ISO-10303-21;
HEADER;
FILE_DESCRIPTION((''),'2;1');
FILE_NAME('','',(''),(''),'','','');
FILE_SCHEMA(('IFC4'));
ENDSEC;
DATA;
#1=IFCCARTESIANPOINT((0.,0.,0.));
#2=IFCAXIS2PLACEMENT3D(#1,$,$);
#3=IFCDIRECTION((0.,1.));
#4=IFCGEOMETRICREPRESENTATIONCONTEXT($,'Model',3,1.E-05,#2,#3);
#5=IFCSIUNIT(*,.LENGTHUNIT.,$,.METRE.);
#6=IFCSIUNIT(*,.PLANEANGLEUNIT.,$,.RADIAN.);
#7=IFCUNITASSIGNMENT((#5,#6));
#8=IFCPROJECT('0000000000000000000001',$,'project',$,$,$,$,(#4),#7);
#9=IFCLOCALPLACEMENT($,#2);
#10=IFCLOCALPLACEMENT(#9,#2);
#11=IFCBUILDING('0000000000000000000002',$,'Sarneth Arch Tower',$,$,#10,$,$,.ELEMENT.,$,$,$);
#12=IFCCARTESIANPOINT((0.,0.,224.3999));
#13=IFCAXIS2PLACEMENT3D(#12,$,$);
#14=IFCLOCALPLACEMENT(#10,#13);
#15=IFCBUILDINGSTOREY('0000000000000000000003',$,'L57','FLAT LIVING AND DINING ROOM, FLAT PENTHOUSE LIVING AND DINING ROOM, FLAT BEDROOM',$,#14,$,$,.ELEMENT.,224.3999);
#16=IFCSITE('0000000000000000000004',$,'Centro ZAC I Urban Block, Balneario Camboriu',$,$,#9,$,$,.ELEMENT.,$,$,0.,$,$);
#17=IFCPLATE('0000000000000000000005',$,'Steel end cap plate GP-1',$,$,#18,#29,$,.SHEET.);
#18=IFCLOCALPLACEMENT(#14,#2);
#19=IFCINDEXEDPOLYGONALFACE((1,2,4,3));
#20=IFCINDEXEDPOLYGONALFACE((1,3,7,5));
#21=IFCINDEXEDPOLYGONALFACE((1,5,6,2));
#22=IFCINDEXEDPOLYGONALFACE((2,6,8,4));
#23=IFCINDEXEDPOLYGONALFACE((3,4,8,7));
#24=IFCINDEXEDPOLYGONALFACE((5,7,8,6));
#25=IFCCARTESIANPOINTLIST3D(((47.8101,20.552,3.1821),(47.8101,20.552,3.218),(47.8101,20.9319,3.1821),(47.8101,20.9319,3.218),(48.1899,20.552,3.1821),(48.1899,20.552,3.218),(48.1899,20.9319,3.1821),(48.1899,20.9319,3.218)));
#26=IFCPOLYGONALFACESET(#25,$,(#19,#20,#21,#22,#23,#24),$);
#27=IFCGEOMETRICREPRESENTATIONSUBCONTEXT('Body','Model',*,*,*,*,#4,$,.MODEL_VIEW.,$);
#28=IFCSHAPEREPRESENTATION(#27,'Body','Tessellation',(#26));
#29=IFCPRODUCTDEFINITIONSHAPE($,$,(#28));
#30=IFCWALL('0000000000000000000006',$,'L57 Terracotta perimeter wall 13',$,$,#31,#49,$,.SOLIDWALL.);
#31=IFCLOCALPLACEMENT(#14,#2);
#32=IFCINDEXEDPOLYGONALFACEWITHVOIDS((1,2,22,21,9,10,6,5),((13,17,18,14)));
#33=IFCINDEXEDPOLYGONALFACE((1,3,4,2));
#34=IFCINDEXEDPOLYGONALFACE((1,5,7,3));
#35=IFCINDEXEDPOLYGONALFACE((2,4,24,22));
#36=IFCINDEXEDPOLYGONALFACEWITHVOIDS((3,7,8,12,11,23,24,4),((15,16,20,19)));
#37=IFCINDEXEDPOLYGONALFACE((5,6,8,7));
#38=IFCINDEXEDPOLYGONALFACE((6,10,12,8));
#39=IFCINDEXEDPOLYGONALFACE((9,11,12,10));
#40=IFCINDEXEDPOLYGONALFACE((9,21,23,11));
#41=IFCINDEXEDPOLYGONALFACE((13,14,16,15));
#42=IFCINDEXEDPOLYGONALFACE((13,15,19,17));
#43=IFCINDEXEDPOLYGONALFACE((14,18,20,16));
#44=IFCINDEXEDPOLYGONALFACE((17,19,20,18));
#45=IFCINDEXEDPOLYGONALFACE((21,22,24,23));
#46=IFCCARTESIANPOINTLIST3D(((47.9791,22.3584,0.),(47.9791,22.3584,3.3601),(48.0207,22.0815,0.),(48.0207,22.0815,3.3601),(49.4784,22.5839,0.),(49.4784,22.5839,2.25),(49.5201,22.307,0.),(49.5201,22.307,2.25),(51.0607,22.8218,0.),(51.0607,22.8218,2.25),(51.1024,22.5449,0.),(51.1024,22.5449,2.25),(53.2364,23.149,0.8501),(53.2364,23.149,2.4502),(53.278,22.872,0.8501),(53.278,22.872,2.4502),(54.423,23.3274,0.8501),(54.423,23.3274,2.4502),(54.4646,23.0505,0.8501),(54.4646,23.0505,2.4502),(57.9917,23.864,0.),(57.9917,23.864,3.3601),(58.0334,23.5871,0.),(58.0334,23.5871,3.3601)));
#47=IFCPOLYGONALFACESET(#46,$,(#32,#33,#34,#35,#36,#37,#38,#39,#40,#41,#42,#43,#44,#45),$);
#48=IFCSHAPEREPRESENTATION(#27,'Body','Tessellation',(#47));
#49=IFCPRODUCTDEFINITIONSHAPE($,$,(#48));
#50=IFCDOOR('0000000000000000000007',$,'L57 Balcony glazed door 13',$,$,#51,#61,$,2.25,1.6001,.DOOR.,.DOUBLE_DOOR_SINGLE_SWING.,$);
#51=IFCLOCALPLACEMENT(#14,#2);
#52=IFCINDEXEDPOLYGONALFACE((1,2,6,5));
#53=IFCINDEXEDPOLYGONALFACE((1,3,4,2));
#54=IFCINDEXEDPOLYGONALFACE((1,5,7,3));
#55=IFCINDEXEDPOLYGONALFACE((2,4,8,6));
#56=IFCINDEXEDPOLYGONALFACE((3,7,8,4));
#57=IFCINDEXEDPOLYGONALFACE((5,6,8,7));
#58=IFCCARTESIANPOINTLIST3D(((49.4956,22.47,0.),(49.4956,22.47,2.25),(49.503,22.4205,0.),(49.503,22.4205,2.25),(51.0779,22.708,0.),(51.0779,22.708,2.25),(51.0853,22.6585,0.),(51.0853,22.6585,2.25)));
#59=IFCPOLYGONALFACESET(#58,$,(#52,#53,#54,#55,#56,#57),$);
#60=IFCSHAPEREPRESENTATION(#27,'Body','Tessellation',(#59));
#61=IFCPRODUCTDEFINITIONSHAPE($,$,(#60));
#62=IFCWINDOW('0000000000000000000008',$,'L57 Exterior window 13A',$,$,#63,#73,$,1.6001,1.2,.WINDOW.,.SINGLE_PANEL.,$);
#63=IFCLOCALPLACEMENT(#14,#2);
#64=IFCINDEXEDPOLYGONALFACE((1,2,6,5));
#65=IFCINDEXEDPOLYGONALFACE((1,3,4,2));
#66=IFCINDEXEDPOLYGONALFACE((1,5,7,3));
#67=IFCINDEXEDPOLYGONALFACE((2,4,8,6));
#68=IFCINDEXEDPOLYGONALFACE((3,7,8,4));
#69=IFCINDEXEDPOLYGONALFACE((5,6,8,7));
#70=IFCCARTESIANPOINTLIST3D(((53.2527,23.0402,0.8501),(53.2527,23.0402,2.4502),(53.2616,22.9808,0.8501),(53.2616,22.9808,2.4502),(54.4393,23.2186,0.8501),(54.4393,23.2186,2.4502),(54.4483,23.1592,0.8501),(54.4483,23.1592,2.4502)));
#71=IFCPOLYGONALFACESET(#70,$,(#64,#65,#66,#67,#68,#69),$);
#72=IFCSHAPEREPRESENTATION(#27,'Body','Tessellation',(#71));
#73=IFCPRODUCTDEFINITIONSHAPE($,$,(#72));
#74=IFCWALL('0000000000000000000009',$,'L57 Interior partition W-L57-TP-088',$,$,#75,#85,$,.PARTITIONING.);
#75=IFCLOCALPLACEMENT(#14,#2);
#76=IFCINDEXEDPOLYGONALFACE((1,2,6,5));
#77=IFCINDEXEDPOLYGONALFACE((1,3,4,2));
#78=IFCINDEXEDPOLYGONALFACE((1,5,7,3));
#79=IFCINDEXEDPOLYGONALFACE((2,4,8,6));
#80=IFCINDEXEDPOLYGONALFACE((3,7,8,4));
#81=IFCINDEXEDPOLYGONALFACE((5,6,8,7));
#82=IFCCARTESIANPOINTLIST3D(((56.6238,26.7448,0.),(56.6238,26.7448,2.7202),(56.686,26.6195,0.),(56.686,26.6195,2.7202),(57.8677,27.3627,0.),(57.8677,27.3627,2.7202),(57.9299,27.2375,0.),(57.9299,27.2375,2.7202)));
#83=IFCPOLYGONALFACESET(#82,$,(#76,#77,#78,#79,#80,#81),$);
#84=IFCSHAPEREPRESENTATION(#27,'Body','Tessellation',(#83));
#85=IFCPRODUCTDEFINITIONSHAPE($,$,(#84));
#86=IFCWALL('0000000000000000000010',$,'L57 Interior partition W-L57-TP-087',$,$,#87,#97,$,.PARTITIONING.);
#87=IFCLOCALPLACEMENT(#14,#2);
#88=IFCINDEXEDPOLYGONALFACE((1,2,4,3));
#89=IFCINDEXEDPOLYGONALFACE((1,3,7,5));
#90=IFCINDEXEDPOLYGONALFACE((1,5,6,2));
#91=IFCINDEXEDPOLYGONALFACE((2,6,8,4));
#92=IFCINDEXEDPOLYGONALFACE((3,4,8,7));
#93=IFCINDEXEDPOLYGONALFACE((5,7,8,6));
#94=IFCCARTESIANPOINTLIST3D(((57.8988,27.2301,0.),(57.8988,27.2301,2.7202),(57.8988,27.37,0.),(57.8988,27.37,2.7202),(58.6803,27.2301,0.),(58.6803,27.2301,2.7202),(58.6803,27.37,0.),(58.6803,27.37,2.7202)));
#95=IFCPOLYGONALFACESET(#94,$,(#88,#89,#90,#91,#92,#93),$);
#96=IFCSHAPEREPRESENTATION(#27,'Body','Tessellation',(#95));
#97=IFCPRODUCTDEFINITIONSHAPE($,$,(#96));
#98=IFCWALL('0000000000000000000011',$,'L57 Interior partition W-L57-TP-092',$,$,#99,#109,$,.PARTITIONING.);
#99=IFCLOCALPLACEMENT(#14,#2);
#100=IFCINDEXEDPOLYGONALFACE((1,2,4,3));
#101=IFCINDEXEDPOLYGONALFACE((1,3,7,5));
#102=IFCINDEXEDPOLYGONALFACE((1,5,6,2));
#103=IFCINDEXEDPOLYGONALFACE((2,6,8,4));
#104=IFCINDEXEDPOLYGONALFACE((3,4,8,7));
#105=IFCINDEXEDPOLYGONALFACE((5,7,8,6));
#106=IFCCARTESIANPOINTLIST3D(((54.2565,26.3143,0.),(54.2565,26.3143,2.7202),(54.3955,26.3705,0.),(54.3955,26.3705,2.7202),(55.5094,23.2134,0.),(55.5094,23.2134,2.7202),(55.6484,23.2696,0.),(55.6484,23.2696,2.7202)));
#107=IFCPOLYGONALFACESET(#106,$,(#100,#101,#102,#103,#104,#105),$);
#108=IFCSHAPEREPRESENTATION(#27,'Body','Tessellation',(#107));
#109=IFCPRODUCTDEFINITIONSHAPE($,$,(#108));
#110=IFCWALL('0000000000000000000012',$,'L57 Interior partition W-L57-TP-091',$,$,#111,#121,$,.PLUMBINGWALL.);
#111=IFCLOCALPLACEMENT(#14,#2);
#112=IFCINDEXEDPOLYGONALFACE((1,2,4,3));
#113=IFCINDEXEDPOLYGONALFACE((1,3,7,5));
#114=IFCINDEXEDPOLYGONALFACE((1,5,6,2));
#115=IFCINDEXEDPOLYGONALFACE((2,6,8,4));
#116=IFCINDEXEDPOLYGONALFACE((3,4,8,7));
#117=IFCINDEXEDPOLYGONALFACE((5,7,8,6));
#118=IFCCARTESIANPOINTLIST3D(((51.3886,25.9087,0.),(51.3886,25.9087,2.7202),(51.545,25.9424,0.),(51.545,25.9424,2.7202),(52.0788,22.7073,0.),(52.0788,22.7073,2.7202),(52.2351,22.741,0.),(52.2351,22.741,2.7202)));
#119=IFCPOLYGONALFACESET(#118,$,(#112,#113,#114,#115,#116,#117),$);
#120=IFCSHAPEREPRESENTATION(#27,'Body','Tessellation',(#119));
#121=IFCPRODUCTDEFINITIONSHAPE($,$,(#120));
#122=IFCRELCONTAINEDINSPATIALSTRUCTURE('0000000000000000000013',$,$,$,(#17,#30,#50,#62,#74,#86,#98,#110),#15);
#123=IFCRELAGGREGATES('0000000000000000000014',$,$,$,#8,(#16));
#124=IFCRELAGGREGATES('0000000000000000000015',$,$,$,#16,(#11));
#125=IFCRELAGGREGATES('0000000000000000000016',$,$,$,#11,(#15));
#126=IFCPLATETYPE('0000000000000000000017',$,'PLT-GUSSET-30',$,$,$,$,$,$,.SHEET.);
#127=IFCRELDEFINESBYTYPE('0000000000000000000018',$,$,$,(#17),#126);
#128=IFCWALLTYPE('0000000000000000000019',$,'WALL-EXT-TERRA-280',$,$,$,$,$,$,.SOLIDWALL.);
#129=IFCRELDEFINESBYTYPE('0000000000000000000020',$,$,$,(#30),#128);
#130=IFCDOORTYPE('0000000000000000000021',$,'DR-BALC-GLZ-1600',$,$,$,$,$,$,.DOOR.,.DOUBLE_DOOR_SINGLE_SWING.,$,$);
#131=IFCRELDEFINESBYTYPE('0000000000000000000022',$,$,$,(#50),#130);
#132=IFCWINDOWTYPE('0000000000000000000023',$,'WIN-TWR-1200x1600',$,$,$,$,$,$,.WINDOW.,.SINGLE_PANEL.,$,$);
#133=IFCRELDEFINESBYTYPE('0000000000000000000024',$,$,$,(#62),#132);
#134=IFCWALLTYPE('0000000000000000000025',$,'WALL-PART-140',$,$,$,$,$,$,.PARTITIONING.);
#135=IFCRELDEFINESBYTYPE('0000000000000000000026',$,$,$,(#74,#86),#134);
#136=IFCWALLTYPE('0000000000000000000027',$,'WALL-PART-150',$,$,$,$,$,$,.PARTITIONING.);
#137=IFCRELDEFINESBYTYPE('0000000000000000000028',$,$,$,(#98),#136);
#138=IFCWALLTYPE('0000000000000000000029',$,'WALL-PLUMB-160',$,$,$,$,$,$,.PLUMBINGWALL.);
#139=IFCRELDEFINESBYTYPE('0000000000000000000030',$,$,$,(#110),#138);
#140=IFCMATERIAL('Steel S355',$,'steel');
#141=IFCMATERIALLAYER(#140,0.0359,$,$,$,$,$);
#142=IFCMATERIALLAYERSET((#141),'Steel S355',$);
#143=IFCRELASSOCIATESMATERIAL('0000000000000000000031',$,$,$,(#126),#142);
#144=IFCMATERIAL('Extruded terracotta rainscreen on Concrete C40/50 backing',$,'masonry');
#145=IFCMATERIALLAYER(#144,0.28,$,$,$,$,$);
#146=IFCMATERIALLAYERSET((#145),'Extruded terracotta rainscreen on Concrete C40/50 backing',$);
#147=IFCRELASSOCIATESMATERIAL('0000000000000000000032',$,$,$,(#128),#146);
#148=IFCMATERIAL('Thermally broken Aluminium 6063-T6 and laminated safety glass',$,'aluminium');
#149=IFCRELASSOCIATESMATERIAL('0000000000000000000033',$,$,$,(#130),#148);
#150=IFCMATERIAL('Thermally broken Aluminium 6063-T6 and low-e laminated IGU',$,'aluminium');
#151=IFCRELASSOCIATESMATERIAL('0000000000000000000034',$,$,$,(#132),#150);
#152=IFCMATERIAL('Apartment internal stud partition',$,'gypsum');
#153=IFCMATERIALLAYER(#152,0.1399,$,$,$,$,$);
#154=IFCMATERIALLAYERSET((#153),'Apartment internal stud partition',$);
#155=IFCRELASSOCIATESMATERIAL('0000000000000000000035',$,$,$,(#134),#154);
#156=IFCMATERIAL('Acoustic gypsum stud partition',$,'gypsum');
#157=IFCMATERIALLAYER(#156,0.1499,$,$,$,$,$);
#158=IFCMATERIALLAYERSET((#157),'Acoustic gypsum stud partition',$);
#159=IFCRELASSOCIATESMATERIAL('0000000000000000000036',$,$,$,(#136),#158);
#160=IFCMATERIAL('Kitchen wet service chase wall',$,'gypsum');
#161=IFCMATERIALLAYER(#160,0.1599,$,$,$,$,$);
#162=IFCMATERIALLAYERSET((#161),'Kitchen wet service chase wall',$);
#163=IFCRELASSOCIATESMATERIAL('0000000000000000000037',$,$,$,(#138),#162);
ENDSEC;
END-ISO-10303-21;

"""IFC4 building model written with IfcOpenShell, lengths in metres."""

from ifc_helpers import new_model, si_unit, direction, frame, frame_2d, origin, origin_2d, place, context, subcontext, project, spatial, rectangle, extrude, material, layer, layer_set, type_object, element, fill, save


model = new_model("IFC4")

# Units and contexts
model_context = context("Model", 3, precision=1e-05, world=origin(), true_north=direction((0.0, 1.0)))
body_context = subcontext(model_context, "Body", "Model", "MODEL_VIEW")
ifc_project = project(units=[si_unit("LENGTHUNIT", "METRE"), si_unit("PLANEANGLEUNIT", "RADIAN")], contexts=[model_context])

# Site, building, storey
site_placement = place(None, origin())
site = spatial("IfcSite", under=ifc_project, at=site_placement, Name="Centro ZAC I Urban Block, Balneario Camboriu", CompositionType="ELEMENT", RefElevation=0.0)
building_placement = place(site_placement, origin())
building = spatial("IfcBuilding", under=site, at=building_placement, Name="Sarneth Arch Tower", CompositionType="ELEMENT")
storey_placement = place(building_placement, frame((0.0, 0.0, 224.3999)))
storey = spatial("IfcBuildingStorey", under=building, at=storey_placement, Name="L57", Description="FLAT LIVING AND DINING ROOM, FLAT PENTHOUSE LIVING AND DINING ROOM, FLAT BEDROOM", CompositionType="ELEMENT", Elevation=224.3999)

# Plate
ifc_material_1 = material(Name="Steel S355", Category="steel")
ifc_layer_1 = layer(ifc_material_1, 0.0359)
ifc_layer_set_1 = layer_set([ifc_layer_1], Name="Steel S355")
plate_type_1 = type_object("IfcPlateType", Name="PLT-GUSSET-30", PredefinedType="SHEET", material=ifc_layer_set_1)
plate_1_placement = place(storey_placement, frame((48.0, 20.7419, 3.1821), z_axis=(0.0, 0.0, 1.0), x_axis=(0.0, -1.0, 0.0)))
element("IfcPlate", 1, at=plate_1_placement, inside=storey, type_object=plate_type_1, Name="Steel end cap plate GP-1", PredefinedType="SHEET", context=body_context, shape_type="SweptSolid", body=[
    extrude(rectangle(XDim=0.3799, YDim=0.3799, at=origin_2d()), origin(), (0.0, 0.0, 1.0), 0.0359),
])

# Wall, openings, door, window
ifc_material_2 = material(Name="Extruded terracotta rainscreen on Concrete C40/50 backing", Category="masonry")
ifc_layer_2 = layer(ifc_material_2, 0.28)
ifc_layer_set_2 = layer_set([ifc_layer_2], Name="Extruded terracotta rainscreen on Concrete C40/50 backing")
wall_type_1 = type_object("IfcWallType", Name="WALL-EXT-TERRA-280", PredefinedType="SOLIDWALL", material=ifc_layer_set_2)
wall_1_placement = place(storey_placement, frame((48.0, 22.22, 0.0), z_axis=(0.0, 0.0, 1.0), x_axis=(0.988883, 0.148699, 0.0)))
wall_1 = element("IfcWall", 2, at=wall_1_placement, inside=storey, type_object=wall_type_1, Name="L57 Terracotta perimeter wall 13", PredefinedType="SOLIDWALL", context=body_context, shape_type="SweptSolid", body=[
    extrude(rectangle(XDim=10.1252, YDim=0.28, at=frame_2d((5.0625, 0.0))), origin(), (0.0, 0.0, 1.0), 3.3601),
])
opening_1_placement = place(wall_1_placement, frame((1.5161, 0.0, 0.0)))
opening_1 = element("IfcOpeningElement", 3, at=opening_1_placement, cuts=wall_1, PredefinedType="OPENING", context=body_context, shape_type="SweptSolid", body=[
    extrude(rectangle(XDim=1.6001, YDim=2.25, at=frame_2d((0.8, 1.125))), frame((0.0, 0.1499, 0.0), z_axis=(0.0, -1.0, 0.0), x_axis=(1.0, 0.0, 0.0)), (0.0, 0.0, 1.0), 0.3),
])
opening_2_placement = place(wall_1_placement, frame((5.3162, 0.0, 0.8501)))
opening_2 = element("IfcOpeningElement", 4, at=opening_2_placement, cuts=wall_1, PredefinedType="OPENING", context=body_context, shape_type="SweptSolid", body=[
    extrude(rectangle(XDim=1.2, YDim=1.6001, at=frame_2d((0.6001, 0.8))), frame((0.0, 0.1499, 0.0), z_axis=(0.0, -1.0, 0.0), x_axis=(1.0, 0.0, 0.0)), (0.0, 0.0, 1.0), 0.3),
])
ifc_material_3 = material(Name="Thermally broken Aluminium 6063-T6 and laminated safety glass", Category="aluminium")
door_type = type_object("IfcDoorType", Name="DR-BALC-GLZ-1600", OperationType="DOUBLE_DOOR_SINGLE_SWING", PredefinedType="DOOR", material=ifc_material_3)
door_placement = place(opening_1_placement, origin())
door = element("IfcDoor", 5, at=door_placement, inside=storey, type_object=door_type, Name="L57 Balcony glazed door 13", OperationType="DOUBLE_DOOR_SINGLE_SWING", OverallHeight=2.25, OverallWidth=1.6001, PredefinedType="DOOR", context=body_context, shape_type="SweptSolid", body=[
    extrude(rectangle(XDim=1.6001, YDim=2.25, at=frame_2d((0.8, 1.125))), frame((0.0, 0.0249, 0.0), z_axis=(0.0, -1.0, 0.0), x_axis=(1.0, 0.0, 0.0)), (0.0, 0.0, 1.0), 0.05),
])
fill(opening_1, door)
ifc_material_4 = material(Name="Thermally broken Aluminium 6063-T6 and low-e laminated IGU", Category="aluminium")
window_type = type_object("IfcWindowType", Name="WIN-TWR-1200x1600", PartitioningType="SINGLE_PANEL", PredefinedType="WINDOW", material=ifc_material_4)
window_placement = place(opening_2_placement, origin())
window = element("IfcWindow", 6, at=window_placement, inside=storey, type_object=window_type, Name="L57 Exterior window 13A", OverallHeight=1.6001, OverallWidth=1.2, PartitioningType="SINGLE_PANEL", PredefinedType="WINDOW", context=body_context, shape_type="SweptSolid", body=[
    extrude(rectangle(XDim=1.2, YDim=1.6001, at=frame_2d((0.6001, 0.8))), frame((0.0, 0.03, 0.0), z_axis=(0.0, -1.0, 0.0), x_axis=(1.0, 0.0, 0.0)), (0.0, 0.0, 1.0), 0.0601),
])
fill(opening_2, window)

# Walls
ifc_material_5 = material(Name="Apartment internal stud partition", Category="gypsum")
ifc_layer_3 = layer(ifc_material_5, 0.1399)
ifc_layer_set_3 = layer_set([ifc_layer_3], Name="Apartment internal stud partition")
wall_type_2 = type_object("IfcWallType", Name="WALL-PART-140", PredefinedType="PARTITIONING", material=ifc_layer_set_3)
wall_2_placement = place(storey_placement, frame((57.8987, 27.3, 0.0), z_axis=(0.0, 0.0, 1.0), x_axis=(-0.895584, -0.444892, 0.0)))
element("IfcWall", 7, at=wall_2_placement, inside=storey, type_object=wall_type_2, Name="L57 Interior partition W-L57-TP-088", PredefinedType="PARTITIONING", context=body_context, shape_type="SweptSolid", body=[
    extrude(rectangle(XDim=1.3889, YDim=0.1399, at=frame_2d((0.6943, 0.0))), origin(), (0.0, 0.0, 1.0), 2.7202),
])
wall_3_placement = place(storey_placement, frame((58.6802, 27.3, 0.0), z_axis=(0.0, 0.0, 1.0), x_axis=(-1.0, 0.0, 0.0)))
element("IfcWall", 8, at=wall_3_placement, inside=storey, type_object=wall_type_2, Name="L57 Interior partition W-L57-TP-087", PredefinedType="PARTITIONING", context=body_context, shape_type="SweptSolid", body=[
    extrude(rectangle(XDim=0.7815, YDim=0.1399, at=frame_2d((0.3906, 0.0))), origin(), (0.0, 0.0, 1.0), 2.7202),
])
ifc_material_6 = material(Name="Acoustic gypsum stud partition", Category="gypsum")
ifc_layer_4 = layer(ifc_material_6, 0.1499)
ifc_layer_set_4 = layer_set([ifc_layer_4], Name="Acoustic gypsum stud partition")
wall_type_3 = type_object("IfcWallType", Name="WALL-PART-150", PredefinedType="PARTITIONING", material=ifc_layer_set_4)
wall_4_placement = place(storey_placement, frame((54.3259, 26.3425, 0.0), z_axis=(0.0, 0.0, 1.0), x_axis=(0.374636, -0.927172, 0.0)))
element("IfcWall", 9, at=wall_4_placement, inside=storey, type_object=wall_type_3, Name="L57 Interior partition W-L57-TP-092", PredefinedType="PARTITIONING", context=body_context, shape_type="SweptSolid", body=[
    extrude(rectangle(XDim=3.3445, YDim=0.1499, at=frame_2d((1.6724, 0.0))), origin(), (0.0, 0.0, 1.0), 2.7202),
])
ifc_material_7 = material(Name="Kitchen wet service chase wall", Category="gypsum")
ifc_layer_5 = layer(ifc_material_7, 0.1599)
ifc_layer_set_5 = layer_set([ifc_layer_5], Name="Kitchen wet service chase wall")
wall_type_4 = type_object("IfcWallType", Name="WALL-PLUMB-160", PredefinedType="PLUMBINGWALL", material=ifc_layer_set_5)
wall_5_placement = place(storey_placement, frame((51.4668, 25.9255, 0.0), z_axis=(0.0, 0.0, 1.0), x_axis=(0.210746, -0.977541, 0.0)))
element("IfcWall", 10, at=wall_5_placement, inside=storey, type_object=wall_type_4, Name="L57 Interior partition W-L57-TP-091", PredefinedType="PLUMBINGWALL", context=body_context, shape_type="SweptSolid", body=[
    extrude(rectangle(XDim=3.2749, YDim=0.1599, at=frame_2d((1.6375, 0.0))), origin(), (0.0, 0.0, 1.0), 2.7202),
])

save(model, "model.ifc")
